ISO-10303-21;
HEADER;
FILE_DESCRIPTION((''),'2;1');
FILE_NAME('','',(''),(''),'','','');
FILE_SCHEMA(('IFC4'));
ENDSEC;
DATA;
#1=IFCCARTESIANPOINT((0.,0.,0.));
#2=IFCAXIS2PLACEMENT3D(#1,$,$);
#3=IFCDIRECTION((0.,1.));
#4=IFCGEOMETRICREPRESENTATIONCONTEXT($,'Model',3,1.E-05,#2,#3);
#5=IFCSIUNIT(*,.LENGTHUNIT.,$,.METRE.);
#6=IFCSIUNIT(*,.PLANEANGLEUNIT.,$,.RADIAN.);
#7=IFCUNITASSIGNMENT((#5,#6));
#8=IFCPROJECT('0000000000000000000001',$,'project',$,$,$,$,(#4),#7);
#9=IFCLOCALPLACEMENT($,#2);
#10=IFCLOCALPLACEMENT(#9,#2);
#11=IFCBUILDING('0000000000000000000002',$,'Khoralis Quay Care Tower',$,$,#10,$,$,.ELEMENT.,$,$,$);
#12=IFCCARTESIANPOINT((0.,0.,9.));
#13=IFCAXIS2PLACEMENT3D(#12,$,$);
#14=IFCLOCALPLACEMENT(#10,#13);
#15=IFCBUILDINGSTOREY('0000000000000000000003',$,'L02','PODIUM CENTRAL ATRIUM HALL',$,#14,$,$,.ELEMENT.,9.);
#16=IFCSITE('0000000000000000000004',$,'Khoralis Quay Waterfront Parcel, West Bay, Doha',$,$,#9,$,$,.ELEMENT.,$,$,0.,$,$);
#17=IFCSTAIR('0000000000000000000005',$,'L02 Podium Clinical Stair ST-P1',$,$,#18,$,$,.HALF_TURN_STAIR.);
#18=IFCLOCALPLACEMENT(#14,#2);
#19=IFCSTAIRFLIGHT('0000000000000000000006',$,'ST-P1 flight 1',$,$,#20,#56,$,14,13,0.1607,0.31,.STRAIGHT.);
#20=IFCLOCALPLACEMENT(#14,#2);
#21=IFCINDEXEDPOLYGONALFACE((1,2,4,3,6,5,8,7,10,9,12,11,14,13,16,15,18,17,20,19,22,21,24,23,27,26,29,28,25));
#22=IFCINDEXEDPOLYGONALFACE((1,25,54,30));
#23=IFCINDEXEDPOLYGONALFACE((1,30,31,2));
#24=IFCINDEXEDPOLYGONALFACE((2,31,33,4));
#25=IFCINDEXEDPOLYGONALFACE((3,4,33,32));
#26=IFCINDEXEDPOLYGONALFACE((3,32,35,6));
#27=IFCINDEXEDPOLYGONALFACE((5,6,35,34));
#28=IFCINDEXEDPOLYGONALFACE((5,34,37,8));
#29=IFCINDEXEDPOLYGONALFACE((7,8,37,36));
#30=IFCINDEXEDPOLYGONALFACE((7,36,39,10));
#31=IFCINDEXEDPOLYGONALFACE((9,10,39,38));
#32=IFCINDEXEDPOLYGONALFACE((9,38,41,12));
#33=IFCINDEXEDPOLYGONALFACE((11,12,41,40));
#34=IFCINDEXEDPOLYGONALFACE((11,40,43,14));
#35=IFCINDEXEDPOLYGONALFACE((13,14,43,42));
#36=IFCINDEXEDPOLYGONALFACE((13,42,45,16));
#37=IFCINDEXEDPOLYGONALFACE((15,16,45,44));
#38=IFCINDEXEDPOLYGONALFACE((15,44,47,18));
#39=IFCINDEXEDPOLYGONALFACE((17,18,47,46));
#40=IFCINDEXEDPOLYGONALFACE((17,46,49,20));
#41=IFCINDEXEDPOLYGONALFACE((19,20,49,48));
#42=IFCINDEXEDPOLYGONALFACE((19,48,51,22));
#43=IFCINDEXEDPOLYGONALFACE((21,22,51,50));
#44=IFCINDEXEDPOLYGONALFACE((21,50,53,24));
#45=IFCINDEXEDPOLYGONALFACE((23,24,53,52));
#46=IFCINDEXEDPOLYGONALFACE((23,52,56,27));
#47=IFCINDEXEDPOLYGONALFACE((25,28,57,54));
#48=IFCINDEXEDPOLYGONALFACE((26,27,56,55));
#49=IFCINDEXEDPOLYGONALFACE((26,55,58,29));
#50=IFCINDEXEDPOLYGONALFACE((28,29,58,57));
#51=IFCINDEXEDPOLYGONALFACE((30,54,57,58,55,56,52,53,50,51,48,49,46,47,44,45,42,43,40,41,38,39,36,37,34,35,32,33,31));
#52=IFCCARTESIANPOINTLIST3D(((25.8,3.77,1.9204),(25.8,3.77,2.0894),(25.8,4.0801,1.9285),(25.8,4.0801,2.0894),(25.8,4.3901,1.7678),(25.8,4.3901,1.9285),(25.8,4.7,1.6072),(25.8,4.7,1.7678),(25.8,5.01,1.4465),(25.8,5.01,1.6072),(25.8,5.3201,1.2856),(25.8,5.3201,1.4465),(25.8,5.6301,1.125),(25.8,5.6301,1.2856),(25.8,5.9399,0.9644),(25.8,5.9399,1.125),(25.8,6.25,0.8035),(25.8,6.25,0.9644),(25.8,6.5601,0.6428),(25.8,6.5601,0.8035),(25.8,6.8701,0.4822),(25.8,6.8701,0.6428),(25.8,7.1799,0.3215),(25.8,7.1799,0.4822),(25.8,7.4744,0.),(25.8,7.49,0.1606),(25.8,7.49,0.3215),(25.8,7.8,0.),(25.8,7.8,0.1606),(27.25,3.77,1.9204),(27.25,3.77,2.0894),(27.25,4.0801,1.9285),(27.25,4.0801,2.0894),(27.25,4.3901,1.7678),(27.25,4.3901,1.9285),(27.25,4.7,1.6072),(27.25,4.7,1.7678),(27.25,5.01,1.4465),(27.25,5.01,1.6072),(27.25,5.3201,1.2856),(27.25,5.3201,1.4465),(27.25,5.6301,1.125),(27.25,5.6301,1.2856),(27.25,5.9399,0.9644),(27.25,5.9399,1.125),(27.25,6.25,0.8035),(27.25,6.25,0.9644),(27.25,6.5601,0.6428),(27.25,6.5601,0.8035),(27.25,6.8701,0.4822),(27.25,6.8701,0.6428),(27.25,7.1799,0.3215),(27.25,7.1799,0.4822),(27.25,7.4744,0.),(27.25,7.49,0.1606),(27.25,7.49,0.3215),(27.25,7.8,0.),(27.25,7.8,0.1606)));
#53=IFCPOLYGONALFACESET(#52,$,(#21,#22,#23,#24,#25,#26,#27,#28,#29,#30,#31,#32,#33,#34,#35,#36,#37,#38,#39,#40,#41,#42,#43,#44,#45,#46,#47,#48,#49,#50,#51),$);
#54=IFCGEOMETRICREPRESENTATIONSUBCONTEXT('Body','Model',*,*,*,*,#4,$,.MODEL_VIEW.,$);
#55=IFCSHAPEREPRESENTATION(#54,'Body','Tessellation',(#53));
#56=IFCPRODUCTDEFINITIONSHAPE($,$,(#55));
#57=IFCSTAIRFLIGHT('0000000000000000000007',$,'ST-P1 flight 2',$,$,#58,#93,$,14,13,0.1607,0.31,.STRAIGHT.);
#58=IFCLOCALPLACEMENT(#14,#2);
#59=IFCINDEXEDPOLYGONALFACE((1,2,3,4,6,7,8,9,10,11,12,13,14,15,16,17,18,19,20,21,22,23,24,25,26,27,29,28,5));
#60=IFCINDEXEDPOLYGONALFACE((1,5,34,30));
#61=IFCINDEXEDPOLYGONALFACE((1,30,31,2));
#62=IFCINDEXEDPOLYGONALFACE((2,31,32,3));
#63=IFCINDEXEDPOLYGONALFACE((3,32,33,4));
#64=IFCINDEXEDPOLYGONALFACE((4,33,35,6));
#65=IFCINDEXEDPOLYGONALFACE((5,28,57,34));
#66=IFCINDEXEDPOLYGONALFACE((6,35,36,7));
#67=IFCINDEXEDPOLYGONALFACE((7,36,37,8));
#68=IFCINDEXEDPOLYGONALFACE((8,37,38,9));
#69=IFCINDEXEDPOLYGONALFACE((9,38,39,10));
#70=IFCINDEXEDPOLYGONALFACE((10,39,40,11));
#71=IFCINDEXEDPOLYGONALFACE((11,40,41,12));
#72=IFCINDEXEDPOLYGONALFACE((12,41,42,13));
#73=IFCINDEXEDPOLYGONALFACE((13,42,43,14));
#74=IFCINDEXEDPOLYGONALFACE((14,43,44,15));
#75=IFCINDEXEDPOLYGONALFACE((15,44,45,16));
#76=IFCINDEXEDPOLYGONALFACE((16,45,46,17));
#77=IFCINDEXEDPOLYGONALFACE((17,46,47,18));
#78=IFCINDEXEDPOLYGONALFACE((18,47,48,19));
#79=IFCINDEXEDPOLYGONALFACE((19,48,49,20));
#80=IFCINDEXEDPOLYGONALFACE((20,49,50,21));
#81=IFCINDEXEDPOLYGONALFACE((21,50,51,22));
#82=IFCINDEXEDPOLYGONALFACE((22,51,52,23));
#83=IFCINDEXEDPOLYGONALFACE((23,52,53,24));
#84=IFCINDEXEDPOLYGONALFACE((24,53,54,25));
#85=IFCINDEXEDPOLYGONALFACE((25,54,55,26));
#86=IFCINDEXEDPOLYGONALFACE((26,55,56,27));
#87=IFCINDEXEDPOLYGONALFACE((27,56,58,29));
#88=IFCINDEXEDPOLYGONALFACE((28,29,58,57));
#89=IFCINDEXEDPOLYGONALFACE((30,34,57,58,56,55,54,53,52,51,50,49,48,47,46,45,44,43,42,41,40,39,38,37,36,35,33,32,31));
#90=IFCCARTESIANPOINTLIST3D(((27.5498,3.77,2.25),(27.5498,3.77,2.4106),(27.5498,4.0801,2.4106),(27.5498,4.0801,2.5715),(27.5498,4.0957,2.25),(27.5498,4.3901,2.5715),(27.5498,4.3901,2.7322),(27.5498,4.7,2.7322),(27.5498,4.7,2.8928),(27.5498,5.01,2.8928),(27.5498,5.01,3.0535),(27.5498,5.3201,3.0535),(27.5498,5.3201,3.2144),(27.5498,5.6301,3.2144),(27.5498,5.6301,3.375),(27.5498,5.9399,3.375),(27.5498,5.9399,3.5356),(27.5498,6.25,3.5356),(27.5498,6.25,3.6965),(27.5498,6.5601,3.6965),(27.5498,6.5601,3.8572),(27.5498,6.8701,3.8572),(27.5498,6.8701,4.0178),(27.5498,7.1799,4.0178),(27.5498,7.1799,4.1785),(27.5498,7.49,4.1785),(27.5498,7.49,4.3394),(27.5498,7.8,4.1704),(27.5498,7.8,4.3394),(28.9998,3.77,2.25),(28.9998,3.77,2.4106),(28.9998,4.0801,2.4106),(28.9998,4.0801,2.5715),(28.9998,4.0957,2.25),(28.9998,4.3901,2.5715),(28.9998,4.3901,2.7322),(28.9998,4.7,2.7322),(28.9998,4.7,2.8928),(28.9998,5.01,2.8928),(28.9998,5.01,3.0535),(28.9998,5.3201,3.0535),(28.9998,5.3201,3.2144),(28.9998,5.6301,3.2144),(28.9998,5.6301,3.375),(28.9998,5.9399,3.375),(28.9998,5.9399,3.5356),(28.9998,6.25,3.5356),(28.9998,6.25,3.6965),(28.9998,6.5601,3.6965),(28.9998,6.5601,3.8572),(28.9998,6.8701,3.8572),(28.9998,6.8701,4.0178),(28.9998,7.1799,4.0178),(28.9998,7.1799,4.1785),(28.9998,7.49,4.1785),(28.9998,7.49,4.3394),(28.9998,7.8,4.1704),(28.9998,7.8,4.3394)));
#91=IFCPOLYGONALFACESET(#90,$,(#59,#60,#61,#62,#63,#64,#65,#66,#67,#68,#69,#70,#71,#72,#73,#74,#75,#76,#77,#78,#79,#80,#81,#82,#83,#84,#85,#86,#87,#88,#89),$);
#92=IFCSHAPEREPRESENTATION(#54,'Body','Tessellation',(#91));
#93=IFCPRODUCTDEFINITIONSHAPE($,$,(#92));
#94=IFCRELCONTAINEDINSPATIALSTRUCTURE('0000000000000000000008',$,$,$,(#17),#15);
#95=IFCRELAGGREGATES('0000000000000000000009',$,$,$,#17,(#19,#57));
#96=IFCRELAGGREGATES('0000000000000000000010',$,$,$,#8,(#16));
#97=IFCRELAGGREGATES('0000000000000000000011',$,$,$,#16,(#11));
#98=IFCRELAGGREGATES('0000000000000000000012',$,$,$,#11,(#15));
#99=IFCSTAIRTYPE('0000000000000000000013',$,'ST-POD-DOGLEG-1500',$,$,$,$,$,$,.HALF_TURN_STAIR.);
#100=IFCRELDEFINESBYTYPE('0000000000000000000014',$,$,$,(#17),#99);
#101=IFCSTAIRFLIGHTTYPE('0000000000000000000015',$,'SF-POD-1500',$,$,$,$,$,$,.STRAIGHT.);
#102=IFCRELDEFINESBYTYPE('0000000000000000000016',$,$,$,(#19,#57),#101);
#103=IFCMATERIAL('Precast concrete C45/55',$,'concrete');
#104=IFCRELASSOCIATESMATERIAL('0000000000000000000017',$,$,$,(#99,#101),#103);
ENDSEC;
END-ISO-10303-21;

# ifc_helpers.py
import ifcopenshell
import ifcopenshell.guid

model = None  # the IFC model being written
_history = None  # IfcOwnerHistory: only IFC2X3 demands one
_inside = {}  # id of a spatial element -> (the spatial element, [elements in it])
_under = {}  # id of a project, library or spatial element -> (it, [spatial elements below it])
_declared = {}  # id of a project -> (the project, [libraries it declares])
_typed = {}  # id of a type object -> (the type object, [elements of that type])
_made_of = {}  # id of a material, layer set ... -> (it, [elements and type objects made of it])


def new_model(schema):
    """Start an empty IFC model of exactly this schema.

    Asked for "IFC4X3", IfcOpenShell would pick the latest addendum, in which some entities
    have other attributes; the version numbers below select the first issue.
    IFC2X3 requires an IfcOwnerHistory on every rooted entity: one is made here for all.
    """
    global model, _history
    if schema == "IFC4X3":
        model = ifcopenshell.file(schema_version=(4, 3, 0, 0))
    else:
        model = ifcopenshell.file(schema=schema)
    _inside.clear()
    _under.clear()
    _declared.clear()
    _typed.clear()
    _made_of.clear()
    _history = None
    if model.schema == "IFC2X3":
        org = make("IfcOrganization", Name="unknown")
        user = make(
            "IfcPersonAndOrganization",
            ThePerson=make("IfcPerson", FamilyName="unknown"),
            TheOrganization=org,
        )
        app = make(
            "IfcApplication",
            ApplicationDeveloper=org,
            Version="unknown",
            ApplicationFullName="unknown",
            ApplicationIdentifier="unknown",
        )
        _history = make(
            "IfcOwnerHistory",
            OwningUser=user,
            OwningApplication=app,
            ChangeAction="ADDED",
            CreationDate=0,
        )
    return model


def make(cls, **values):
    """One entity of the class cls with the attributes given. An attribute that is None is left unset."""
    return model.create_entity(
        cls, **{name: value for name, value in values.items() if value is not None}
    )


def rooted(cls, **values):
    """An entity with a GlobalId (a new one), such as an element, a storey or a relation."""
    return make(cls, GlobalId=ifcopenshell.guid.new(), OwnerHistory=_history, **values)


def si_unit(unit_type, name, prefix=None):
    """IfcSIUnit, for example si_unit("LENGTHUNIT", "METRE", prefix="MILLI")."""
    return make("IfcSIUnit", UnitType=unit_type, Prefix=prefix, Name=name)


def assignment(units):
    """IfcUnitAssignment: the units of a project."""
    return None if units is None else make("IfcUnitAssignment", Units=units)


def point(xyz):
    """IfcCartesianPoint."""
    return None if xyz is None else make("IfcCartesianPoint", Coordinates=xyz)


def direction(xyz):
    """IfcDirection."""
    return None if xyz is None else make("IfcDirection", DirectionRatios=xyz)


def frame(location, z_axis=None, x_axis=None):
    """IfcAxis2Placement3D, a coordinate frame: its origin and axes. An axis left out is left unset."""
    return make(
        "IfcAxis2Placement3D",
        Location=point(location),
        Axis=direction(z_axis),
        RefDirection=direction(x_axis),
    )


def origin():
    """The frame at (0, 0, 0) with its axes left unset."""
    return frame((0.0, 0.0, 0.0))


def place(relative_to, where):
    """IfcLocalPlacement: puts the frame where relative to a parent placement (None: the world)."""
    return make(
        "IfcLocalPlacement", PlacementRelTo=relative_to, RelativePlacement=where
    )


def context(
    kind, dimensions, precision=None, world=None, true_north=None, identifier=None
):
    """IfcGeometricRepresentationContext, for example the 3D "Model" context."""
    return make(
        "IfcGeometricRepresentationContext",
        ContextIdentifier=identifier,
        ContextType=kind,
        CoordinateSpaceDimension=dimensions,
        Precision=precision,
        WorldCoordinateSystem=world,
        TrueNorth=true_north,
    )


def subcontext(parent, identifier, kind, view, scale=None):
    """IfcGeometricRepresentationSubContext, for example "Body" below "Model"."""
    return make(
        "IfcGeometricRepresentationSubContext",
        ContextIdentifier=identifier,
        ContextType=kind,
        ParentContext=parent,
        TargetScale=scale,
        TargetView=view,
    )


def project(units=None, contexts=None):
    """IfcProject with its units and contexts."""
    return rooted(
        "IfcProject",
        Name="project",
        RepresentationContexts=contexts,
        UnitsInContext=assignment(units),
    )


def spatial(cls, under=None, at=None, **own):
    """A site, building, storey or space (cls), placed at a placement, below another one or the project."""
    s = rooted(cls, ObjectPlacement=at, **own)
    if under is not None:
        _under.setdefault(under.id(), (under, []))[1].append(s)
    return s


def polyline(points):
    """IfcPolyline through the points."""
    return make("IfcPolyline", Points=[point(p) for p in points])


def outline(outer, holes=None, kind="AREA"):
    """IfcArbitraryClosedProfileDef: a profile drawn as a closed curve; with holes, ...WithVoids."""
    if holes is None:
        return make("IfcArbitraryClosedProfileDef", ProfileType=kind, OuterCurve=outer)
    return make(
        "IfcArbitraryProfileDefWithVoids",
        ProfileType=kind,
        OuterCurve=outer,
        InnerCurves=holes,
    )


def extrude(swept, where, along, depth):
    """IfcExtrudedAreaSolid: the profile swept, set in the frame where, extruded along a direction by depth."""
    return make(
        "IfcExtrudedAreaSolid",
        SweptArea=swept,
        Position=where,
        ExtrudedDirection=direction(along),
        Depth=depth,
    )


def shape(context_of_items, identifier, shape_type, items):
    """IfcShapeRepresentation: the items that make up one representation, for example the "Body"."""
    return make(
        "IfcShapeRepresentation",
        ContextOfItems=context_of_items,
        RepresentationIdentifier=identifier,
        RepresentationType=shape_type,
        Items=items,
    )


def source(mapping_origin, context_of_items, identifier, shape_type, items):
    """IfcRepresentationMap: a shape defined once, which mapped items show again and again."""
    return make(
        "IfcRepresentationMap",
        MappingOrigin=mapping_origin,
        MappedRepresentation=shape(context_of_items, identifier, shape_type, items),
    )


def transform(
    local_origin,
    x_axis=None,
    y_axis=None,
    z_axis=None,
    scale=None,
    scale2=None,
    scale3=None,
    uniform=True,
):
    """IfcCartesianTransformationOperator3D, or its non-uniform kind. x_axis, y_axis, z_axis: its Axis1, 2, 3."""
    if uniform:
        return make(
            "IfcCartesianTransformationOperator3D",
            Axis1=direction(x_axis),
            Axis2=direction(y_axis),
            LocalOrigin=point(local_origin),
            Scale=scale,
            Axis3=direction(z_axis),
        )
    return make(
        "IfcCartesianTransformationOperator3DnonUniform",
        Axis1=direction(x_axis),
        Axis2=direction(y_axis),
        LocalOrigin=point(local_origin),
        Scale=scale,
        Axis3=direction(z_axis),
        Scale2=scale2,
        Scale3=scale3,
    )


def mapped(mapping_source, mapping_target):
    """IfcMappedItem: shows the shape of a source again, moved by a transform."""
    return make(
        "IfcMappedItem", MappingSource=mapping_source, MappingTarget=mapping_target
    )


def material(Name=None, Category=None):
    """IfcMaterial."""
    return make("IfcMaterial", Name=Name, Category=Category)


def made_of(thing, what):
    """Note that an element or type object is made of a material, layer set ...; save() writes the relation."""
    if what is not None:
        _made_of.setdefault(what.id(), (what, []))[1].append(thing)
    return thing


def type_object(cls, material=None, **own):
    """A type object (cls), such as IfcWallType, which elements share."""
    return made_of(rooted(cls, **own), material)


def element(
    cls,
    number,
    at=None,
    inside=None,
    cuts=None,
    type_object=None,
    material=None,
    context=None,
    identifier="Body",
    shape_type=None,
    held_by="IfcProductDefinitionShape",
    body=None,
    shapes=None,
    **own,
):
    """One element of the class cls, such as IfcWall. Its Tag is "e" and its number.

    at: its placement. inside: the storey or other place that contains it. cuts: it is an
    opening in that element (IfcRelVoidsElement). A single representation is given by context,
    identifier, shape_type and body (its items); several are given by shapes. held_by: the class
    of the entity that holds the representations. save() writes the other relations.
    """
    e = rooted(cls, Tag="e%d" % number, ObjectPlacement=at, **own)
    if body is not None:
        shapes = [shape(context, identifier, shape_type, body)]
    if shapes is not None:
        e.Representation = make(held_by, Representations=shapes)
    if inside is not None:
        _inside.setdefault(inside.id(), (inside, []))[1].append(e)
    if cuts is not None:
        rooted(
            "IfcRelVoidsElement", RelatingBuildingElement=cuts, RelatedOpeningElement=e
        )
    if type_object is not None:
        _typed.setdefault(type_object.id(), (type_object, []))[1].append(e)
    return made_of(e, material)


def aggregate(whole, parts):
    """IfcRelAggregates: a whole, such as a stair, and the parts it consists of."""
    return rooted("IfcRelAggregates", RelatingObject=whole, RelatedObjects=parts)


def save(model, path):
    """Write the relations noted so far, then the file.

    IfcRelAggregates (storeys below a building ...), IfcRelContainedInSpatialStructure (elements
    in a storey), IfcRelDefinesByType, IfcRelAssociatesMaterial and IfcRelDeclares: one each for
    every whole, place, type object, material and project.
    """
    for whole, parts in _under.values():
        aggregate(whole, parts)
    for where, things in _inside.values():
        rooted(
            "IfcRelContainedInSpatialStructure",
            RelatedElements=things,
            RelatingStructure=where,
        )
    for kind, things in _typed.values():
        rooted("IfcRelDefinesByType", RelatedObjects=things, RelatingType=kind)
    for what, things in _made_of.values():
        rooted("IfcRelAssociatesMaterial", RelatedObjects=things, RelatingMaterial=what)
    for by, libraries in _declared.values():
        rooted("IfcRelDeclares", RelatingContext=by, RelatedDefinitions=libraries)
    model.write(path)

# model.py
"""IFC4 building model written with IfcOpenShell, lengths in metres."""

from ifc_helpers import new_model, si_unit, direction, frame, origin, place, context, subcontext, project, spatial, polyline, outline, extrude, source, transform, mapped, material, type_object, element, aggregate, save


model = new_model("IFC4")

# Units and contexts
model_context = context("Model", 3, precision=1e-05, world=origin(), true_north=direction((0.0, 1.0)))
body_context = subcontext(model_context, "Body", "Model", "MODEL_VIEW")
ifc_project = project(units=[si_unit("LENGTHUNIT", "METRE"), si_unit("PLANEANGLEUNIT", "RADIAN")], contexts=[model_context])

# Site, building, storey
site_placement = place(None, origin())
site = spatial("IfcSite", under=ifc_project, at=site_placement, Name="Khoralis Quay Waterfront Parcel, West Bay, Doha", CompositionType="ELEMENT", RefElevation=0.0)
building_placement = place(site_placement, origin())
building = spatial("IfcBuilding", under=site, at=building_placement, Name="Khoralis Quay Care Tower", CompositionType="ELEMENT")
storey_placement = place(building_placement, frame((0.0, 0.0, 9.0)))
storey = spatial("IfcBuildingStorey", under=building, at=storey_placement, Name="L02", Description="PODIUM CENTRAL ATRIUM HALL", CompositionType="ELEMENT", Elevation=9.0)

# Stair, stair flights
ifc_material_1 = material(Name="Precast concrete C45/55", Category="concrete")
stair_type = type_object("IfcStairType", Name="ST-POD-DOGLEG-1500", PredefinedType="HALF_TURN_STAIR", material=ifc_material_1)
stair_placement = place(storey_placement, origin())
stair = element("IfcStair", 1, at=stair_placement, inside=storey, type_object=stair_type, Name="L02 Podium Clinical Stair ST-P1", PredefinedType="HALF_TURN_STAIR")
stair_flight_type = type_object("IfcStairFlightType", Name="SF-POD-1500", PredefinedType="STRAIGHT", material=ifc_material_1)
shared_shape_1 = source(origin(), body_context, "Body", "SweptSolid", [
    extrude(outline(polyline([(0.0, 0.0), (0.0, 0.1606), (0.3101, 0.1606), (0.3101, 0.3215), (0.6201, 0.3215), (0.6201, 0.4822), (0.9299, 0.4822), (0.9299, 0.6428), (1.24, 0.6428), (1.24, 0.8035), (1.55, 0.8035), (1.55, 0.9644), (1.8601, 0.9644), (1.8601, 1.125), (2.1699, 1.125), (2.1699, 1.2856), (2.48, 1.2856), (2.48, 1.4465), (2.79, 1.4465), (2.79, 1.6072), (3.1001, 1.6072), (3.1001, 1.7678), (3.4099, 1.7678), (3.4099, 1.9285), (3.72, 1.9285), (3.72, 2.0894), (4.03, 2.0894), (4.03, 2.25), (4.03, 1.9204), (0.3257, 0.0), (0.0, 0.0)])), frame((0.0, 0.7251, 0.0), z_axis=(0.0, -1.0, 0.0), x_axis=(1.0, 0.0, 0.0)), (0.0, 0.0, 1.0), 1.45),
])
stair_flight_1_placement = place(storey_placement, frame((26.5249, 7.8, 0.0), z_axis=(0.0, 0.0, 1.0), x_axis=(0.0, -1.0, 0.0)))
stair_flight_1 = element("IfcStairFlight", 2, at=stair_flight_1_placement, type_object=stair_flight_type, Name="ST-P1 flight 1", NumberOfRisers=14, NumberOfTreads=13, PredefinedType="STRAIGHT", RiserHeight=0.1607, TreadLength=0.31, context=body_context, shape_type="MappedRepresentation", body=[
    mapped(shared_shape_1, transform((0.0, 0.0, 0.0), scale=1.0)),
])
stair_flight_2_placement = place(storey_placement, frame((28.2749, 3.77, 2.25), z_axis=(0.0, 0.0, 1.0), x_axis=(0.0, 1.0, 0.0)))
stair_flight_2 = element("IfcStairFlight", 3, at=stair_flight_2_placement, type_object=stair_flight_type, Name="ST-P1 flight 2", NumberOfRisers=14, NumberOfTreads=13, PredefinedType="STRAIGHT", RiserHeight=0.1607, TreadLength=0.31, context=body_context, shape_type="MappedRepresentation", body=[
    mapped(shared_shape_1, transform((0.0, 0.0, 0.0), scale=1.0)),
])
aggregate(stair, [stair_flight_1, stair_flight_2])

save(model, "model.ifc")
